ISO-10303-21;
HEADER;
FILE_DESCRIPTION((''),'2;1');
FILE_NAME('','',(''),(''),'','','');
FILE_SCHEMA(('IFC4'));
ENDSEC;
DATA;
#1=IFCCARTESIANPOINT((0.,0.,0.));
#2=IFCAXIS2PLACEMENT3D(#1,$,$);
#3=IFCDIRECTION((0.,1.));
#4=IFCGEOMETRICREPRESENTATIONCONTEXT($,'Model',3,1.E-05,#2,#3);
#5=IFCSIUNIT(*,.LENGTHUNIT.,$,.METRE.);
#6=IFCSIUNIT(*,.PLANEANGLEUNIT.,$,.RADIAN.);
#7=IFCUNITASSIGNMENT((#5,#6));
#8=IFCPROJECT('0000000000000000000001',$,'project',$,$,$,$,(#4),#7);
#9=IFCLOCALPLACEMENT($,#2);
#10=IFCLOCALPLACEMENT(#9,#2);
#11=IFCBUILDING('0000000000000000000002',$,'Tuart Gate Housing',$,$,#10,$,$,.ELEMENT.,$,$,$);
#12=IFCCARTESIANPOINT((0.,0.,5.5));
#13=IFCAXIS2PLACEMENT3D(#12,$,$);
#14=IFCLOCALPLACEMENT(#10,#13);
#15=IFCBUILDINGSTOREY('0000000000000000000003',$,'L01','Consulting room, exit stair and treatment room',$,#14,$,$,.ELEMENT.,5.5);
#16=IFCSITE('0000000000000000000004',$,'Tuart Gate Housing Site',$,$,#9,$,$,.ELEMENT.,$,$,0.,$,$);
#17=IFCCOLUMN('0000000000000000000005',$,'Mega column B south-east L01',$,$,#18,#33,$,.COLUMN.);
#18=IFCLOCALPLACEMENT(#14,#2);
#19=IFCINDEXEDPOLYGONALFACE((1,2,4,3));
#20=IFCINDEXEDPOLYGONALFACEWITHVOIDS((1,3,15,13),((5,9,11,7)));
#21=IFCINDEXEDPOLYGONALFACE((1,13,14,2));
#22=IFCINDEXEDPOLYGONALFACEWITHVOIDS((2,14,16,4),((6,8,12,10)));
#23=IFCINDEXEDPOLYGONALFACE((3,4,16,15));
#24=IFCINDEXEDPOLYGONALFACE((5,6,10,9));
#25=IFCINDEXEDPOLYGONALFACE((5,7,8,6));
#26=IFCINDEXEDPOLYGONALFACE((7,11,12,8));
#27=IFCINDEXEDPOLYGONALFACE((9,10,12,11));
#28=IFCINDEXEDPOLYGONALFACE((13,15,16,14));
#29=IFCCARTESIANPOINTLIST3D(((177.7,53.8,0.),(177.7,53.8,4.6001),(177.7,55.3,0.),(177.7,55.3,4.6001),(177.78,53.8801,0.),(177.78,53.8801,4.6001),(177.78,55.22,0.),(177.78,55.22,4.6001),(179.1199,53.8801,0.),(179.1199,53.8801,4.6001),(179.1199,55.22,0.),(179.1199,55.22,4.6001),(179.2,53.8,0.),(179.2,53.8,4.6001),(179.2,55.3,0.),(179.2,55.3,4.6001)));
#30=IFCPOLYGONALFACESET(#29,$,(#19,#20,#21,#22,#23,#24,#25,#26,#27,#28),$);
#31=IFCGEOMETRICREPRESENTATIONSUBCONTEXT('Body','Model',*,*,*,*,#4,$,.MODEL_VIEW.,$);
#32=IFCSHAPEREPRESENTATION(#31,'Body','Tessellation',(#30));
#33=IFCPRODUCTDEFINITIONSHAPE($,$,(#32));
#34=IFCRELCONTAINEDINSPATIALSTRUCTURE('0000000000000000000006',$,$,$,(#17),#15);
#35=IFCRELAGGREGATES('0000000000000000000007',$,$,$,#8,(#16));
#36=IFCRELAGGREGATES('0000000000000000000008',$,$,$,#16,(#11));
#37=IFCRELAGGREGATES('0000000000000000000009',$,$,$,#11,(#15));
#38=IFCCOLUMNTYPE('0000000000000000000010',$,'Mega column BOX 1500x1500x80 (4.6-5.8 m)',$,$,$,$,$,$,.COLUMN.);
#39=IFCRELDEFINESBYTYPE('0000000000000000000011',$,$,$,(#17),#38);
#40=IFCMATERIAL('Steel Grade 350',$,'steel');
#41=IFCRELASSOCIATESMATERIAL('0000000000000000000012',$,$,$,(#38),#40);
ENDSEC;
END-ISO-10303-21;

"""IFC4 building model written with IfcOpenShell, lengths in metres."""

from ifc_helpers import new_model, si_unit, direction, frame, origin, origin_2d, place, context, subcontext, project, spatial, hollow_rectangle, extrude, material, material_profile, profile_set, type_object, element, save


model = new_model("IFC4")

# Units and contexts
model_context = context("Model", 3, precision=1e-05, world=origin(), true_north=direction((0.0, 1.0)))
body_context = subcontext(model_context, "Body", "Model", "MODEL_VIEW")
ifc_project = project(units=[si_unit("LENGTHUNIT", "METRE"), si_unit("PLANEANGLEUNIT", "RADIAN")], contexts=[model_context])

# Site, building, storey
site_placement = place(None, origin())
site = spatial("IfcSite", under=ifc_project, at=site_placement, Name="Tuart Gate Housing Site", CompositionType="ELEMENT", RefElevation=0.0)
building_placement = place(site_placement, origin())
building = spatial("IfcBuilding", under=site, at=building_placement, Name="Tuart Gate Housing", CompositionType="ELEMENT")
storey_placement = place(building_placement, frame((0.0, 0.0, 5.5)))
storey = spatial("IfcBuildingStorey", under=building, at=storey_placement, Name="L01", Description="Consulting room, exit stair and treatment room", CompositionType="ELEMENT", Elevation=5.5)

# Column
ifc_material_1 = material(Name="Steel Grade 350", Category="steel")
ifc_material_profile = material_profile(ifc_material_1, hollow_rectangle(XDim=1.5, YDim=1.5, WallThickness=0.0801, at=origin_2d()), Name="BOX 1500x1500x80")
ifc_profile_set = profile_set([ifc_material_profile], Name="Steel Grade 350")
column_type = type_object("IfcColumnType", Name="Mega column BOX 1500x1500x80 (4.6-5.8 m)", PredefinedType="COLUMN", material=ifc_profile_set)
column_placement = place(storey_placement, frame((178.45, 54.55, 0.0), z_axis=(0.0, 0.0, 1.0), x_axis=(1.0, 0.0, 0.0)))
element("IfcColumn", 1, at=column_placement, inside=storey, type_object=column_type, Name="Mega column B south-east L01", PredefinedType="COLUMN", context=body_context, shape_type="SweptSolid", body=[
    extrude(hollow_rectangle(XDim=1.5, YDim=1.5, WallThickness=0.0801, at=origin_2d()), origin(), (0.0, 0.0, 1.0), 4.6001),
])

save(model, "model.ifc")
